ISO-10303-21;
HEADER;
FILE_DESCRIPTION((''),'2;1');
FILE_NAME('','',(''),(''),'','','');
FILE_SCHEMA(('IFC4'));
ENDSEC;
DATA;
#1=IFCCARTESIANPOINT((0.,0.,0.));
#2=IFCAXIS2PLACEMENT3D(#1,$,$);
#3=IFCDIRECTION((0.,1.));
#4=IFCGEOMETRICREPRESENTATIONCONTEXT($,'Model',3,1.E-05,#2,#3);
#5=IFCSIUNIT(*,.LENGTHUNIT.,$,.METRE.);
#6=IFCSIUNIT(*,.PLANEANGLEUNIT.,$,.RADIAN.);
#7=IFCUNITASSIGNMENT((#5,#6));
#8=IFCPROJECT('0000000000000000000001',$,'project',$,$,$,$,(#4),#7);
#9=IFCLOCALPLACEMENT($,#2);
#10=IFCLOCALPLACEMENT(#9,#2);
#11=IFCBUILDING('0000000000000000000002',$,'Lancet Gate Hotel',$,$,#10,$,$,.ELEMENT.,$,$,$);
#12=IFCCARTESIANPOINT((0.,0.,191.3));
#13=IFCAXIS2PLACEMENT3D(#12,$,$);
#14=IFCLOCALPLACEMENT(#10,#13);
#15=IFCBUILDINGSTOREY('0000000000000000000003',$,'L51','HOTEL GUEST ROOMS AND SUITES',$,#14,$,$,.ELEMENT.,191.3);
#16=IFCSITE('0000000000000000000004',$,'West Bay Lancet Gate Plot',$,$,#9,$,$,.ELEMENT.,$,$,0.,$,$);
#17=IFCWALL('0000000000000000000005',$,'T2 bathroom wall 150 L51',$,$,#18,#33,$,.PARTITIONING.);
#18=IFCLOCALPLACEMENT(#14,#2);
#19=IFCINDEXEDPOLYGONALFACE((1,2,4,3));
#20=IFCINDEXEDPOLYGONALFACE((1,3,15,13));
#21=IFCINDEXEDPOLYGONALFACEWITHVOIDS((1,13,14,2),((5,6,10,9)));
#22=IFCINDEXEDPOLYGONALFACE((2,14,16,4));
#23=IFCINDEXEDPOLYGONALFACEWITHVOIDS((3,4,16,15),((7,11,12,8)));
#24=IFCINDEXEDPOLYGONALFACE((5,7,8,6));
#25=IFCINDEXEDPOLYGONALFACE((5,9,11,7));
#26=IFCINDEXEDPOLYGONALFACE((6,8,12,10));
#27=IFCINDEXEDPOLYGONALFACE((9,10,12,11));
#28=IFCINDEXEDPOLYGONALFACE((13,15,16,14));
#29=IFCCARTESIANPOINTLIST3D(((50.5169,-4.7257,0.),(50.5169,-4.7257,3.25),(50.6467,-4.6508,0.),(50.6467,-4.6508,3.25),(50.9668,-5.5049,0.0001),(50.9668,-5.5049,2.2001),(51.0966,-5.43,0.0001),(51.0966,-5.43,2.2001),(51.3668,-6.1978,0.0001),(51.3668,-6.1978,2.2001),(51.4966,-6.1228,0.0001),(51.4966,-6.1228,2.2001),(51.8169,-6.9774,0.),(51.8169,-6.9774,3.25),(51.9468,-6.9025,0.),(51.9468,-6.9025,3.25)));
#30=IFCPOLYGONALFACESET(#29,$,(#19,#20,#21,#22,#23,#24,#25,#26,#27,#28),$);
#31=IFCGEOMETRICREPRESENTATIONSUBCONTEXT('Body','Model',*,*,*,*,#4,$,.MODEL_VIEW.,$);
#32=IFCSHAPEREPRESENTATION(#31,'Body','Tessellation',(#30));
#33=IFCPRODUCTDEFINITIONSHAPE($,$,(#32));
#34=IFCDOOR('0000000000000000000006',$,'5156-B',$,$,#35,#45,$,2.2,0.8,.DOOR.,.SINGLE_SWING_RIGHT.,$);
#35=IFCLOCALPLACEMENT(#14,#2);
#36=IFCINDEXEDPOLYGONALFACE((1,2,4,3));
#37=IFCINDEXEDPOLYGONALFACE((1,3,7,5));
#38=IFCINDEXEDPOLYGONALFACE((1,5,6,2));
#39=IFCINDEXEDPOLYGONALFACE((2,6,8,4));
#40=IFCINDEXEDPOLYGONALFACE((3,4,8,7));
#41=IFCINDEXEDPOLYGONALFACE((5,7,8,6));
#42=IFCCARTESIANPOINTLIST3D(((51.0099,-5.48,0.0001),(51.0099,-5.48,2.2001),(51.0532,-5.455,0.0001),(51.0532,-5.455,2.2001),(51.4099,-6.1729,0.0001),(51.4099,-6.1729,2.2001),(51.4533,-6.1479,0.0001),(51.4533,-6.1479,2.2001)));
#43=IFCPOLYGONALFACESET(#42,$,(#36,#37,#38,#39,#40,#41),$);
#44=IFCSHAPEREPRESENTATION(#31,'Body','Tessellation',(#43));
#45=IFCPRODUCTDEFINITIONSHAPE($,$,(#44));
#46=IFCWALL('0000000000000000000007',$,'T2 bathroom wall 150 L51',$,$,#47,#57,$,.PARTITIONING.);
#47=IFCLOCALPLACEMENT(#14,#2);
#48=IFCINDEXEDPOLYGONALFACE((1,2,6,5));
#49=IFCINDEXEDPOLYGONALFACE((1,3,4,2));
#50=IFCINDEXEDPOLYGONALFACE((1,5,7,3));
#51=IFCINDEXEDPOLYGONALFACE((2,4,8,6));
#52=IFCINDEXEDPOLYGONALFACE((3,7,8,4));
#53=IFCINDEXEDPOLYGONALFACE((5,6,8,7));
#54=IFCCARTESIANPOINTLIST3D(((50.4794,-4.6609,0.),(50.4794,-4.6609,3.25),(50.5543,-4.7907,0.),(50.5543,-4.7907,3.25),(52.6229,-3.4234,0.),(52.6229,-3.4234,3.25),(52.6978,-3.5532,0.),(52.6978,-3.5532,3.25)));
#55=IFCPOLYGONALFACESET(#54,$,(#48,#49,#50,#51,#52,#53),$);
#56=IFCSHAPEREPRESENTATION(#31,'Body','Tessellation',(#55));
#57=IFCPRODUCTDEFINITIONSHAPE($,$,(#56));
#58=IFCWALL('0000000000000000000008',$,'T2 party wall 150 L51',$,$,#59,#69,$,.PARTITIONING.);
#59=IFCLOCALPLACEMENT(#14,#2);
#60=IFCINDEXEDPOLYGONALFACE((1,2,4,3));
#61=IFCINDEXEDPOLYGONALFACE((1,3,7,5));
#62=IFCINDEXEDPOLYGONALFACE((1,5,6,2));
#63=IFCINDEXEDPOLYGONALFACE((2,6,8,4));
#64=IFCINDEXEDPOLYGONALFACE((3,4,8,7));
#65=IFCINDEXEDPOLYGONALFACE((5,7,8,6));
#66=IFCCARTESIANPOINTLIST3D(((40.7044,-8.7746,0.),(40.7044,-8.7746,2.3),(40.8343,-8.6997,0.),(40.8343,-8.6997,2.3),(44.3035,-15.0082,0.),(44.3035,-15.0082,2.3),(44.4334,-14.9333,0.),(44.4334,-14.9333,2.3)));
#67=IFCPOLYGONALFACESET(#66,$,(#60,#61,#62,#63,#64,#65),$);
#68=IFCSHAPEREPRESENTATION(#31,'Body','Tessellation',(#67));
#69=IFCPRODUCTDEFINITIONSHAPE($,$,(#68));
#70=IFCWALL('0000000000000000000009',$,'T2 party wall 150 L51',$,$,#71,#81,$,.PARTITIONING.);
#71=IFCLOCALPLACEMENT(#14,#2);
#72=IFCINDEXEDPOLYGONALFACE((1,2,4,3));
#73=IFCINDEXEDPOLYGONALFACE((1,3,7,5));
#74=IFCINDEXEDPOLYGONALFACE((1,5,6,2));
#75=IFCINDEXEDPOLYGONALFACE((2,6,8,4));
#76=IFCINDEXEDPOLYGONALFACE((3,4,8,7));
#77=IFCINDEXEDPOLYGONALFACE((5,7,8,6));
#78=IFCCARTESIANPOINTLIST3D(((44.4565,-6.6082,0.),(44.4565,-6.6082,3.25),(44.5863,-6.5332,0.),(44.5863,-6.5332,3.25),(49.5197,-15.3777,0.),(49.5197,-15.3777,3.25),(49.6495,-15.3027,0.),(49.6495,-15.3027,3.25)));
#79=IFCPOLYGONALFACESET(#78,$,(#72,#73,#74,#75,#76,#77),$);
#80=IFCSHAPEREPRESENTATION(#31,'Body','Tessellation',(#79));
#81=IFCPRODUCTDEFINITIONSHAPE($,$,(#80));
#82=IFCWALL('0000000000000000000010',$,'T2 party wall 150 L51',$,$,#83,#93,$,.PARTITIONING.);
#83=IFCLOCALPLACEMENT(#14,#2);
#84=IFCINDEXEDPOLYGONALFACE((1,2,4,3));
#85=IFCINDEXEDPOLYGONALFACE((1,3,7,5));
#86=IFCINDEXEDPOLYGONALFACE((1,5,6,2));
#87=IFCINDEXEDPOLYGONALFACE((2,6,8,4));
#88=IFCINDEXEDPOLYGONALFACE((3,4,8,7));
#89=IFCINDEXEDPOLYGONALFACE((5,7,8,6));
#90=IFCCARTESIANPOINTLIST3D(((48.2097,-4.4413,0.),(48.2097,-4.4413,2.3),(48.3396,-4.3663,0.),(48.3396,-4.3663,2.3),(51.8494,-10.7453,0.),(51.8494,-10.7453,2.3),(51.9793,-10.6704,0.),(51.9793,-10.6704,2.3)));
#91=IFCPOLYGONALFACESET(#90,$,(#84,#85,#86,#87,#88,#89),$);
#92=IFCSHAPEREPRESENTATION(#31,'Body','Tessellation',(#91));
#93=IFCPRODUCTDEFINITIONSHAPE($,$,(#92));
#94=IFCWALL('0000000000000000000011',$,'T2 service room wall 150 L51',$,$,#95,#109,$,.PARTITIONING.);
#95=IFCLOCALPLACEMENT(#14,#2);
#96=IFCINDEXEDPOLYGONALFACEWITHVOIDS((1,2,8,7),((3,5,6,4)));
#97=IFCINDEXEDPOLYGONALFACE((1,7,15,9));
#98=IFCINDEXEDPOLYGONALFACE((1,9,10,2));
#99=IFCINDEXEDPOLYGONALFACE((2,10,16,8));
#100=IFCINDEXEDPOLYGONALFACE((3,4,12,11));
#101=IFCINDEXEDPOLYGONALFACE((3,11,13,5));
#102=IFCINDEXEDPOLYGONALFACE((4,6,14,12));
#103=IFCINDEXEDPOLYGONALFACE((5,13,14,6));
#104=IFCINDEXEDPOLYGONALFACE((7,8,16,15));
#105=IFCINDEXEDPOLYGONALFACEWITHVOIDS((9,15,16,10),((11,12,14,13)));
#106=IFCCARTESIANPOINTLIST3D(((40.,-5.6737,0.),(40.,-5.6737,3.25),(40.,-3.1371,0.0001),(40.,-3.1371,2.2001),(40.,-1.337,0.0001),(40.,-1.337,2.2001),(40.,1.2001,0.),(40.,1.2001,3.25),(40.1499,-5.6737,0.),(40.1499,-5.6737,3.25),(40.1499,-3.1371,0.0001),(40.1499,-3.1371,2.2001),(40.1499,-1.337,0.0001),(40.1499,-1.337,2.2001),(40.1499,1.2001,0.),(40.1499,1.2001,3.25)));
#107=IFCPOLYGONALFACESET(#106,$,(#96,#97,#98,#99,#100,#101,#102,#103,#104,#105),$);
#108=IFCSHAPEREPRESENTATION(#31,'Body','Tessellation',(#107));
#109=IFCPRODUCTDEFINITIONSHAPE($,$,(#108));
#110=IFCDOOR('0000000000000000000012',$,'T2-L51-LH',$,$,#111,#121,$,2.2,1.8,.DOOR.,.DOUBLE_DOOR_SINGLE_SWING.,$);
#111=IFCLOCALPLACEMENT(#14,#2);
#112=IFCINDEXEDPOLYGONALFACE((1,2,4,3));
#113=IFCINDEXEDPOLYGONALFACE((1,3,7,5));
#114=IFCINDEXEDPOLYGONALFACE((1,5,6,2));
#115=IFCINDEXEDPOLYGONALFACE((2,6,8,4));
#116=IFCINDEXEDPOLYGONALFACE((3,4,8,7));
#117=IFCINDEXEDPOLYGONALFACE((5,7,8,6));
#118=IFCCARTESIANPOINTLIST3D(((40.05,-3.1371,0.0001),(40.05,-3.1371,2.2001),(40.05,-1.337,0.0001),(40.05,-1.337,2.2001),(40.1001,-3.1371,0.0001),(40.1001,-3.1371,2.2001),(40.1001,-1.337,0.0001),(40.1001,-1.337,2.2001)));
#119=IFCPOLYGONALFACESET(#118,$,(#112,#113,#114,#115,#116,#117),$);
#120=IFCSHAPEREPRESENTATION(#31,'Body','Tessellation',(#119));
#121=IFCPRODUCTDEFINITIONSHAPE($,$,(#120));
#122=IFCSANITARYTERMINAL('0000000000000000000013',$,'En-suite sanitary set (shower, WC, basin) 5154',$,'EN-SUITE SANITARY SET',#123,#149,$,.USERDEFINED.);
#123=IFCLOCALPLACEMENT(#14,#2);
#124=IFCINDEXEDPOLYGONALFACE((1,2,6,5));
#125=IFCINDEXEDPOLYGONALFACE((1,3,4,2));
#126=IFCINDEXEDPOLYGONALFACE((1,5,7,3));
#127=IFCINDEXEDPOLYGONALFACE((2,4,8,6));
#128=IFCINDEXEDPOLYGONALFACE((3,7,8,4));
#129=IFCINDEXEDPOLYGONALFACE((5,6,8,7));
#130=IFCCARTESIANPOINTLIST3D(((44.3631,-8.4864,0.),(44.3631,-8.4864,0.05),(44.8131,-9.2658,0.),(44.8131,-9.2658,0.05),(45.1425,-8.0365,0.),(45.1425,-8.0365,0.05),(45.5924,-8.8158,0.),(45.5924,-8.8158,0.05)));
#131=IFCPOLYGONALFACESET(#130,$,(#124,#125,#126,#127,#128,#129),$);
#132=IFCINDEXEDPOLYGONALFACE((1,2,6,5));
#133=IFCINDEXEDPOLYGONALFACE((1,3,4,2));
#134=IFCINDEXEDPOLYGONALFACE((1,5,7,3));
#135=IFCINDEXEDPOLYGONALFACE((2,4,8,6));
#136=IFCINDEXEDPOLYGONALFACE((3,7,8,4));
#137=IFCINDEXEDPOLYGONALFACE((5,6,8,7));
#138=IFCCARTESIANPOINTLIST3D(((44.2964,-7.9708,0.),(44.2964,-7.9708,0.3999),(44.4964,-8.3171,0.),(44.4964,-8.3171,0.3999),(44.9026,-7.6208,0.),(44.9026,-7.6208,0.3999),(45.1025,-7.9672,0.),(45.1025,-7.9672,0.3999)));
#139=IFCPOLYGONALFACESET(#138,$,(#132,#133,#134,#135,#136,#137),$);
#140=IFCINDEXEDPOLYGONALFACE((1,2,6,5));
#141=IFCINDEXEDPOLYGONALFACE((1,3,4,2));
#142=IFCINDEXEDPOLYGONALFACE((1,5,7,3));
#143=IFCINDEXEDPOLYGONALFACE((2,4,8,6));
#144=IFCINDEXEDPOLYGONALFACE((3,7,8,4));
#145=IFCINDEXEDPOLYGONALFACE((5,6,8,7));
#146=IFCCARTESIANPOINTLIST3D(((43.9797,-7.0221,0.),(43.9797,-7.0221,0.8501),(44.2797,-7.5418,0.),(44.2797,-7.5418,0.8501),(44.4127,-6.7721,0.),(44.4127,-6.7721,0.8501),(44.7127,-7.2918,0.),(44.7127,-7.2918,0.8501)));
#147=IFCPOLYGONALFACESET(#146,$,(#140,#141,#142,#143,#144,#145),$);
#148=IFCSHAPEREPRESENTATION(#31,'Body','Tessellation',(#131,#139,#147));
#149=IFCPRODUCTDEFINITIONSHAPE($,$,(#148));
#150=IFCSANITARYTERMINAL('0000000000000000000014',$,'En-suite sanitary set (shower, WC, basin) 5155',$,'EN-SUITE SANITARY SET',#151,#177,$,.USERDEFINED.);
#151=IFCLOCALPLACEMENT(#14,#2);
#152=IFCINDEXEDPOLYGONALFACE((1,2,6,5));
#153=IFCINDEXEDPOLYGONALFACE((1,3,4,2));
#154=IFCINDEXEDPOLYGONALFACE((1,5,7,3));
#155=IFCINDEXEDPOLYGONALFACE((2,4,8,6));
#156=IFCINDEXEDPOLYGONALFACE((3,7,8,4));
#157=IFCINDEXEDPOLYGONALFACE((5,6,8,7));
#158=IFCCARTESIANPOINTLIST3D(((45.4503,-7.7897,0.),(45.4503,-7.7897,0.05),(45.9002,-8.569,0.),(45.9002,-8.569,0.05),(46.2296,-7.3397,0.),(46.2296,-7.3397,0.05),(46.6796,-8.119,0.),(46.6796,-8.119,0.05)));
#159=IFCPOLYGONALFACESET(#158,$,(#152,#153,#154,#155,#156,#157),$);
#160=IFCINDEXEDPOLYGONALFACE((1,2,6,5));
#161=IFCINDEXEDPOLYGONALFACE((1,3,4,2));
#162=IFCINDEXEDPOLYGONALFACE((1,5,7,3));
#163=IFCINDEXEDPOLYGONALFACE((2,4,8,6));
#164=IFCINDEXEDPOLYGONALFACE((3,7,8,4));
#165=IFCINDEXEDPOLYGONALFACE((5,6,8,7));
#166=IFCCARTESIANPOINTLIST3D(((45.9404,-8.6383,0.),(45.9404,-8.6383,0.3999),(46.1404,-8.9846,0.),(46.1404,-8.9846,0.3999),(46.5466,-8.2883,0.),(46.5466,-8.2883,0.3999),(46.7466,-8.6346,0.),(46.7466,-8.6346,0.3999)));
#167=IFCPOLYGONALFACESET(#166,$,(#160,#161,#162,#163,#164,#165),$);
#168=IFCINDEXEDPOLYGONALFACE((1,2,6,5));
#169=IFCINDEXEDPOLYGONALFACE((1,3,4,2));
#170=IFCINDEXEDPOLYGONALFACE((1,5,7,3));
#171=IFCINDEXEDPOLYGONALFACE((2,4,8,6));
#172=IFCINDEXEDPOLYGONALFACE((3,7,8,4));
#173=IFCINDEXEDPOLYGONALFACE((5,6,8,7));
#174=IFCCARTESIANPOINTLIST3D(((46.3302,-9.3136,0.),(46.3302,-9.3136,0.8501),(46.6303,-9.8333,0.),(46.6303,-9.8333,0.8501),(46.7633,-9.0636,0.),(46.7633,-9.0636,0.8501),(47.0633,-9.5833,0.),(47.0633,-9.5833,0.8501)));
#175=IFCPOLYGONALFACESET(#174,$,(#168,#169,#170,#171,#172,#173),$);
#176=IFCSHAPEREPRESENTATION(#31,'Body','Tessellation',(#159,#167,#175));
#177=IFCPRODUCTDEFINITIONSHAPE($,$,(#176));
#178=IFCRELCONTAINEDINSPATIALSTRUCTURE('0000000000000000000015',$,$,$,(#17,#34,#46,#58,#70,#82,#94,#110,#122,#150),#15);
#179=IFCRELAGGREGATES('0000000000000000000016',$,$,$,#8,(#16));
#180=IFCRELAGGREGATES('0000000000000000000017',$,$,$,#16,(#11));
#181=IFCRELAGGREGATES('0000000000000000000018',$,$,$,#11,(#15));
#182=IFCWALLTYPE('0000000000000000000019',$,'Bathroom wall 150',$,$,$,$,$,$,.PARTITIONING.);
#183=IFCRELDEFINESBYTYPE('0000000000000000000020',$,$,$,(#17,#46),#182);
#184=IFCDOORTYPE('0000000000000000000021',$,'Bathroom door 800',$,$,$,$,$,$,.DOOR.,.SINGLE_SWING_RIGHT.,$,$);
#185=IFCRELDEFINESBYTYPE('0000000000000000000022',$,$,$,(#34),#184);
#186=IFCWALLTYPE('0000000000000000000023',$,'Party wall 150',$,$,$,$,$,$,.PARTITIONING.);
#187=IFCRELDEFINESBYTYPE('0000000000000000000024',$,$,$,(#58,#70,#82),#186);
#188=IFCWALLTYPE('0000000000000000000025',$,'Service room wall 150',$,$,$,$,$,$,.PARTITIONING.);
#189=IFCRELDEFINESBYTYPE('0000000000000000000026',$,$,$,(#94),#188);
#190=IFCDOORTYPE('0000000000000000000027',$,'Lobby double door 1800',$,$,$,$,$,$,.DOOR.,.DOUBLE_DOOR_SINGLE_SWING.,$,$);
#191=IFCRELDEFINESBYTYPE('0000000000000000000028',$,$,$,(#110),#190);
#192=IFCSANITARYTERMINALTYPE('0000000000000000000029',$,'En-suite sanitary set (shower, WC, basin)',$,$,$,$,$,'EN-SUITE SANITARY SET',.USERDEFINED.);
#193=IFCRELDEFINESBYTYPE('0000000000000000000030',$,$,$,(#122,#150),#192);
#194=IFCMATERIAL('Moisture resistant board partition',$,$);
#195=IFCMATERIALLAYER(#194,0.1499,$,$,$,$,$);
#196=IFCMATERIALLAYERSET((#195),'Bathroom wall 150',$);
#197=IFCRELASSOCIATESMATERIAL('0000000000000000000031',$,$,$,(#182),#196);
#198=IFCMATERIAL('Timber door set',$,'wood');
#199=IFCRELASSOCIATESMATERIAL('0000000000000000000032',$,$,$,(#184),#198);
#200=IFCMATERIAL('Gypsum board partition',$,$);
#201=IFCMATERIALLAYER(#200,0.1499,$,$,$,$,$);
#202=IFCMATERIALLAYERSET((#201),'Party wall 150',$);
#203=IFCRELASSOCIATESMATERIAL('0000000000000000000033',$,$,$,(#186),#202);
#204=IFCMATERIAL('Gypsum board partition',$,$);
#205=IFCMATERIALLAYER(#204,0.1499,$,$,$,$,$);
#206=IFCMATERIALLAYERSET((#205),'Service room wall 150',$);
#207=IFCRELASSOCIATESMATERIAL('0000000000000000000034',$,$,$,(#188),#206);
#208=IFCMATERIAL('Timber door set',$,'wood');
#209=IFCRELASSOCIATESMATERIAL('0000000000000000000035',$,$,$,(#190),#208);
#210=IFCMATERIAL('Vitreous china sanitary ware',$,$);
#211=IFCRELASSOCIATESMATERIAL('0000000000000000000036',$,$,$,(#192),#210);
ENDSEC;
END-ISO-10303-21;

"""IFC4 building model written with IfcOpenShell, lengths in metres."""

from ifc_helpers import new_model, si_unit, direction, frame, frame_2d, origin, origin_2d, place, context, subcontext, project, spatial, rectangle, extrude, material, layer, layer_set, type_object, element, fill, save


model = new_model("IFC4")

# Units and contexts
model_context = context("Model", 3, precision=1e-05, world=origin(), true_north=direction((0.0, 1.0)))
body_context = subcontext(model_context, "Body", "Model", "MODEL_VIEW")
ifc_project = project(units=[si_unit("LENGTHUNIT", "METRE"), si_unit("PLANEANGLEUNIT", "RADIAN")], contexts=[model_context])

# Site, building, storey
site_placement = place(None, origin())
site = spatial("IfcSite", under=ifc_project, at=site_placement, Name="West Bay Lancet Gate Plot", CompositionType="ELEMENT", RefElevation=0.0)
building_placement = place(site_placement, origin())
building = spatial("IfcBuilding", under=site, at=building_placement, Name="Lancet Gate Hotel", CompositionType="ELEMENT")
storey_placement = place(building_placement, frame((0.0, 0.0, 191.3)))
storey = spatial("IfcBuildingStorey", under=building, at=storey_placement, Name="L51", Description="HOTEL GUEST ROOMS AND SUITES", CompositionType="ELEMENT", Elevation=191.3)

# Shared definitions
ifc_material_1 = material(Name="Moisture resistant board partition")
ifc_layer_1 = layer(ifc_material_1, 0.1499)
ifc_layer_set_1 = layer_set([ifc_layer_1], Name="Bathroom wall 150")
wall_type_1 = type_object("IfcWallType", Name="Bathroom wall 150", PredefinedType="PARTITIONING", material=ifc_layer_set_1)

# Shared definitions
ifc_material_2 = material(Name="Timber door set", Category="wood")
door_type_1 = type_object("IfcDoorType", Name="Bathroom door 800", OperationType="SINGLE_SWING_RIGHT", PredefinedType="DOOR", material=ifc_material_2)

# Wall, opening, door
wall_1_placement = place(storey_placement, frame((50.5818, -4.6882, 0.0), z_axis=(0.0, 0.0, 1.0), x_axis=(0.500007, -0.866021, 0.0)))
wall_1 = element("IfcWall", 1, at=wall_1_placement, inside=storey, type_object=wall_type_1, Name="T2 bathroom wall 150 L51", PredefinedType="PARTITIONING", context=body_context, shape_type="SweptSolid", body=[
    extrude(rectangle(XDim=2.6001, YDim=0.1499, at=frame_2d((1.3, 0.0))), origin(), (0.0, 0.0, 1.0), 3.25),
])
opening_1_placement = place(wall_1_placement, frame((0.8999, 0.0, 0.0)))
opening_1 = element("IfcOpeningElement", 2, at=opening_1_placement, cuts=wall_1, PredefinedType="OPENING", context=body_context, shape_type="SweptSolid", body=[
    extrude(rectangle(XDim=0.8, YDim=2.2, at=frame_2d((0.3999, 1.1001))), frame((0.0, 0.085, 0.0), z_axis=(0.0, -1.0, 0.0), x_axis=(1.0, 0.0, 0.0)), (0.0, 0.0, 1.0), 0.1699),
])
door_1_placement = place(opening_1_placement, origin())
door_1 = element("IfcDoor", 3, at=door_1_placement, inside=storey, type_object=door_type_1, Name="5156-B", OperationType="SINGLE_SWING_RIGHT", OverallHeight=2.2, OverallWidth=0.8, PredefinedType="DOOR", context=body_context, shape_type="SweptSolid", body=[
    extrude(rectangle(XDim=0.8, YDim=2.2, at=frame_2d((0.3999, 1.1001))), frame((0.0, 0.0249, 0.0), z_axis=(0.0, -1.0, 0.0), x_axis=(1.0, 0.0, 0.0)), (0.0, 0.0, 1.0), 0.05),
])
fill(opening_1, door_1)

# Walls
wall_2_placement = place(storey_placement, frame((50.5168, -4.7258, 0.0), z_axis=(0.0, 0.0, 1.0), x_axis=(0.866031, 0.49999, 0.0)))
element("IfcWall", 4, at=wall_2_placement, inside=storey, type_object=wall_type_1, Name="T2 bathroom wall 150 L51", PredefinedType="PARTITIONING", context=body_context, shape_type="SweptSolid", body=[
    extrude(rectangle(XDim=2.4751, YDim=0.1499, at=frame_2d((1.2375, 0.0))), origin(), (0.0, 0.0, 1.0), 3.25),
])
ifc_material_3 = material(Name="Gypsum board partition")
ifc_layer_2 = layer(ifc_material_3, 0.1499)
ifc_layer_set_2 = layer_set([ifc_layer_2], Name="Party wall 150")
wall_type_2 = type_object("IfcWallType", Name="Party wall 150", PredefinedType="PARTITIONING", material=ifc_layer_set_2)
wall_3_placement = place(storey_placement, frame((40.7693, -8.7371, 0.0), z_axis=(0.0, 0.0, 1.0), x_axis=(0.500013, -0.866018, 0.0)))
element("IfcWall", 5, at=wall_3_placement, inside=storey, type_object=wall_type_2, Name="T2 party wall 150 L51", PredefinedType="PARTITIONING", context=body_context, shape_type="SweptSolid", body=[
    extrude(rectangle(XDim=7.198, YDim=0.1499, at=frame_2d((3.5991, 0.0))), origin(), (0.0, 0.0, 1.0), 2.3),
])
wall_4_placement = place(storey_placement, frame((44.5215, -6.5708, 0.0), z_axis=(0.0, 0.0, 1.0), x_axis=(0.50001, -0.866019, 0.0)))
element("IfcWall", 6, at=wall_4_placement, inside=storey, type_object=wall_type_2, Name="T2 party wall 150 L51", PredefinedType="PARTITIONING", context=body_context, shape_type="SweptSolid", body=[
    extrude(rectangle(XDim=10.1262, YDim=0.1499, at=frame_2d((5.063, 0.0))), origin(), (0.0, 0.0, 1.0), 3.25),
])
wall_5_placement = place(storey_placement, frame((48.2747, -4.4038, 0.0), z_axis=(0.0, 0.0, 1.0), x_axis=(0.500006, -0.866022, 0.0)))
element("IfcWall", 7, at=wall_5_placement, inside=storey, type_object=wall_type_2, Name="T2 party wall 150 L51", PredefinedType="PARTITIONING", context=body_context, shape_type="SweptSolid", body=[
    extrude(rectangle(XDim=7.2793, YDim=0.1499, at=frame_2d((3.6396, 0.0))), origin(), (0.0, 0.0, 1.0), 2.3),
])

# Wall, opening, door
ifc_material_4 = material(Name="Gypsum board partition")
ifc_layer_3 = layer(ifc_material_4, 0.1499)
ifc_layer_set_3 = layer_set([ifc_layer_3], Name="Service room wall 150")
wall_type_3 = type_object("IfcWallType", Name="Service room wall 150", PredefinedType="PARTITIONING", material=ifc_layer_set_3)
wall_6_placement = place(storey_placement, frame((40.075, -5.6738, 0.0), z_axis=(0.0, 0.0, 1.0), x_axis=(0.0, 1.0, 0.0)))
wall_6 = element("IfcWall", 8, at=wall_6_placement, inside=storey, type_object=wall_type_3, Name="T2 service room wall 150 L51", PredefinedType="PARTITIONING", context=body_context, shape_type="SweptSolid", body=[
    extrude(rectangle(XDim=6.8738, YDim=0.1499, at=frame_2d((3.437, 0.0))), origin(), (0.0, 0.0, 1.0), 3.25),
])
opening_2_placement = place(wall_6_placement, frame((2.5369, 0.0, 0.0)))
opening_2 = element("IfcOpeningElement", 9, at=opening_2_placement, cuts=wall_6, PredefinedType="OPENING", context=body_context, shape_type="SweptSolid", body=[
    extrude(rectangle(XDim=1.8, YDim=2.2, at=frame_2d((0.8999, 1.1001))), frame((0.0, 0.085, 0.0), z_axis=(0.0, -1.0, 0.0), x_axis=(1.0, 0.0, 0.0)), (0.0, 0.0, 1.0), 0.1699),
])
ifc_material_5 = material(Name="Timber door set", Category="wood")
door_type_2 = type_object("IfcDoorType", Name="Lobby double door 1800", OperationType="DOUBLE_DOOR_SINGLE_SWING", PredefinedType="DOOR", material=ifc_material_5)
door_2_placement = place(opening_2_placement, origin())
door_2 = element("IfcDoor", 10, at=door_2_placement, inside=storey, type_object=door_type_2, Name="T2-L51-LH", OperationType="DOUBLE_DOOR_SINGLE_SWING", OverallHeight=2.2, OverallWidth=1.8, PredefinedType="DOOR", context=body_context, shape_type="SweptSolid", body=[
    extrude(rectangle(XDim=1.8, YDim=2.2, at=frame_2d((0.8999, 1.1001))), frame((0.0, 0.0249, 0.0), z_axis=(0.0, -1.0, 0.0), x_axis=(1.0, 0.0, 0.0)), (0.0, 0.0, 1.0), 0.05),
])
fill(opening_2, door_2)

# Sanitary terminals
ifc_material_6 = material(Name="Vitreous china sanitary ware")
sanitary_terminal_type = type_object("IfcSanitaryTerminalType", Name="En-suite sanitary set (shower, WC, basin)", ElementType="EN-SUITE SANITARY SET", PredefinedType="USERDEFINED", material=ifc_material_6)
sanitary_terminal_1_placement = place(storey_placement, frame((44.9778, -8.6511, 0.0), z_axis=(0.0, 0.0, 1.0), x_axis=(1.0, 0.0, 0.0)))
element("IfcSanitaryTerminal", 11, at=sanitary_terminal_1_placement, inside=storey, type_object=sanitary_terminal_type, Name="En-suite sanitary set (shower, WC, basin) 5154", ObjectType="EN-SUITE SANITARY SET", PredefinedType="USERDEFINED", context=body_context, shape_type="SweptSolid", body=[
    extrude(rectangle(XDim=0.8999, YDim=0.8999, at=origin_2d()), frame((0.0, 0.0, 0.0), z_axis=(0.0, 0.0, 1.0), x_axis=(0.5, -0.866025, 0.0)), (0.0, 0.0, 1.0), 0.05),
    extrude(rectangle(XDim=0.3999, YDim=0.7, at=origin_2d()), frame((-0.2783, 0.6821, 0.0), z_axis=(0.0, 0.0, 1.0), x_axis=(0.5, -0.866025, 0.0)), (0.0, 0.0, 1.0), 0.3999),
    extrude(rectangle(XDim=0.6001, YDim=0.5, at=origin_2d()), frame((-0.6316, 1.4941, 0.0), z_axis=(0.0, 0.0, 1.0), x_axis=(0.5, -0.866025, 0.0)), (0.0, 0.0, 1.0), 0.8501),
])
sanitary_terminal_2_placement = place(storey_placement, frame((46.0649, -7.9543, 0.0), z_axis=(0.0, 0.0, 1.0), x_axis=(1.0, 0.0, 0.0)))
element("IfcSanitaryTerminal", 12, at=sanitary_terminal_2_placement, inside=storey, type_object=sanitary_terminal_type, Name="En-suite sanitary set (shower, WC, basin) 5155", ObjectType="EN-SUITE SANITARY SET", PredefinedType="USERDEFINED", context=body_context, shape_type="SweptSolid", body=[
    extrude(rectangle(XDim=0.8999, YDim=0.8999, at=origin_2d()), frame((0.0, 0.0, 0.0), z_axis=(0.0, 0.0, 1.0), x_axis=(-0.5, 0.866025, 0.0)), (0.0, 0.0, 1.0), 0.05),
    extrude(rectangle(XDim=0.3999, YDim=0.7, at=origin_2d()), frame((0.2786, -0.6821, 0.0), z_axis=(0.0, 0.0, 1.0), x_axis=(-0.5, 0.866025, 0.0)), (0.0, 0.0, 1.0), 0.3999),
    extrude(rectangle(XDim=0.6001, YDim=0.5, at=origin_2d()), frame((0.6318, -1.4941, 0.0), z_axis=(0.0, 0.0, 1.0), x_axis=(-0.5, 0.866025, 0.0)), (0.0, 0.0, 1.0), 0.8501),
])

save(model, "model.ifc")
